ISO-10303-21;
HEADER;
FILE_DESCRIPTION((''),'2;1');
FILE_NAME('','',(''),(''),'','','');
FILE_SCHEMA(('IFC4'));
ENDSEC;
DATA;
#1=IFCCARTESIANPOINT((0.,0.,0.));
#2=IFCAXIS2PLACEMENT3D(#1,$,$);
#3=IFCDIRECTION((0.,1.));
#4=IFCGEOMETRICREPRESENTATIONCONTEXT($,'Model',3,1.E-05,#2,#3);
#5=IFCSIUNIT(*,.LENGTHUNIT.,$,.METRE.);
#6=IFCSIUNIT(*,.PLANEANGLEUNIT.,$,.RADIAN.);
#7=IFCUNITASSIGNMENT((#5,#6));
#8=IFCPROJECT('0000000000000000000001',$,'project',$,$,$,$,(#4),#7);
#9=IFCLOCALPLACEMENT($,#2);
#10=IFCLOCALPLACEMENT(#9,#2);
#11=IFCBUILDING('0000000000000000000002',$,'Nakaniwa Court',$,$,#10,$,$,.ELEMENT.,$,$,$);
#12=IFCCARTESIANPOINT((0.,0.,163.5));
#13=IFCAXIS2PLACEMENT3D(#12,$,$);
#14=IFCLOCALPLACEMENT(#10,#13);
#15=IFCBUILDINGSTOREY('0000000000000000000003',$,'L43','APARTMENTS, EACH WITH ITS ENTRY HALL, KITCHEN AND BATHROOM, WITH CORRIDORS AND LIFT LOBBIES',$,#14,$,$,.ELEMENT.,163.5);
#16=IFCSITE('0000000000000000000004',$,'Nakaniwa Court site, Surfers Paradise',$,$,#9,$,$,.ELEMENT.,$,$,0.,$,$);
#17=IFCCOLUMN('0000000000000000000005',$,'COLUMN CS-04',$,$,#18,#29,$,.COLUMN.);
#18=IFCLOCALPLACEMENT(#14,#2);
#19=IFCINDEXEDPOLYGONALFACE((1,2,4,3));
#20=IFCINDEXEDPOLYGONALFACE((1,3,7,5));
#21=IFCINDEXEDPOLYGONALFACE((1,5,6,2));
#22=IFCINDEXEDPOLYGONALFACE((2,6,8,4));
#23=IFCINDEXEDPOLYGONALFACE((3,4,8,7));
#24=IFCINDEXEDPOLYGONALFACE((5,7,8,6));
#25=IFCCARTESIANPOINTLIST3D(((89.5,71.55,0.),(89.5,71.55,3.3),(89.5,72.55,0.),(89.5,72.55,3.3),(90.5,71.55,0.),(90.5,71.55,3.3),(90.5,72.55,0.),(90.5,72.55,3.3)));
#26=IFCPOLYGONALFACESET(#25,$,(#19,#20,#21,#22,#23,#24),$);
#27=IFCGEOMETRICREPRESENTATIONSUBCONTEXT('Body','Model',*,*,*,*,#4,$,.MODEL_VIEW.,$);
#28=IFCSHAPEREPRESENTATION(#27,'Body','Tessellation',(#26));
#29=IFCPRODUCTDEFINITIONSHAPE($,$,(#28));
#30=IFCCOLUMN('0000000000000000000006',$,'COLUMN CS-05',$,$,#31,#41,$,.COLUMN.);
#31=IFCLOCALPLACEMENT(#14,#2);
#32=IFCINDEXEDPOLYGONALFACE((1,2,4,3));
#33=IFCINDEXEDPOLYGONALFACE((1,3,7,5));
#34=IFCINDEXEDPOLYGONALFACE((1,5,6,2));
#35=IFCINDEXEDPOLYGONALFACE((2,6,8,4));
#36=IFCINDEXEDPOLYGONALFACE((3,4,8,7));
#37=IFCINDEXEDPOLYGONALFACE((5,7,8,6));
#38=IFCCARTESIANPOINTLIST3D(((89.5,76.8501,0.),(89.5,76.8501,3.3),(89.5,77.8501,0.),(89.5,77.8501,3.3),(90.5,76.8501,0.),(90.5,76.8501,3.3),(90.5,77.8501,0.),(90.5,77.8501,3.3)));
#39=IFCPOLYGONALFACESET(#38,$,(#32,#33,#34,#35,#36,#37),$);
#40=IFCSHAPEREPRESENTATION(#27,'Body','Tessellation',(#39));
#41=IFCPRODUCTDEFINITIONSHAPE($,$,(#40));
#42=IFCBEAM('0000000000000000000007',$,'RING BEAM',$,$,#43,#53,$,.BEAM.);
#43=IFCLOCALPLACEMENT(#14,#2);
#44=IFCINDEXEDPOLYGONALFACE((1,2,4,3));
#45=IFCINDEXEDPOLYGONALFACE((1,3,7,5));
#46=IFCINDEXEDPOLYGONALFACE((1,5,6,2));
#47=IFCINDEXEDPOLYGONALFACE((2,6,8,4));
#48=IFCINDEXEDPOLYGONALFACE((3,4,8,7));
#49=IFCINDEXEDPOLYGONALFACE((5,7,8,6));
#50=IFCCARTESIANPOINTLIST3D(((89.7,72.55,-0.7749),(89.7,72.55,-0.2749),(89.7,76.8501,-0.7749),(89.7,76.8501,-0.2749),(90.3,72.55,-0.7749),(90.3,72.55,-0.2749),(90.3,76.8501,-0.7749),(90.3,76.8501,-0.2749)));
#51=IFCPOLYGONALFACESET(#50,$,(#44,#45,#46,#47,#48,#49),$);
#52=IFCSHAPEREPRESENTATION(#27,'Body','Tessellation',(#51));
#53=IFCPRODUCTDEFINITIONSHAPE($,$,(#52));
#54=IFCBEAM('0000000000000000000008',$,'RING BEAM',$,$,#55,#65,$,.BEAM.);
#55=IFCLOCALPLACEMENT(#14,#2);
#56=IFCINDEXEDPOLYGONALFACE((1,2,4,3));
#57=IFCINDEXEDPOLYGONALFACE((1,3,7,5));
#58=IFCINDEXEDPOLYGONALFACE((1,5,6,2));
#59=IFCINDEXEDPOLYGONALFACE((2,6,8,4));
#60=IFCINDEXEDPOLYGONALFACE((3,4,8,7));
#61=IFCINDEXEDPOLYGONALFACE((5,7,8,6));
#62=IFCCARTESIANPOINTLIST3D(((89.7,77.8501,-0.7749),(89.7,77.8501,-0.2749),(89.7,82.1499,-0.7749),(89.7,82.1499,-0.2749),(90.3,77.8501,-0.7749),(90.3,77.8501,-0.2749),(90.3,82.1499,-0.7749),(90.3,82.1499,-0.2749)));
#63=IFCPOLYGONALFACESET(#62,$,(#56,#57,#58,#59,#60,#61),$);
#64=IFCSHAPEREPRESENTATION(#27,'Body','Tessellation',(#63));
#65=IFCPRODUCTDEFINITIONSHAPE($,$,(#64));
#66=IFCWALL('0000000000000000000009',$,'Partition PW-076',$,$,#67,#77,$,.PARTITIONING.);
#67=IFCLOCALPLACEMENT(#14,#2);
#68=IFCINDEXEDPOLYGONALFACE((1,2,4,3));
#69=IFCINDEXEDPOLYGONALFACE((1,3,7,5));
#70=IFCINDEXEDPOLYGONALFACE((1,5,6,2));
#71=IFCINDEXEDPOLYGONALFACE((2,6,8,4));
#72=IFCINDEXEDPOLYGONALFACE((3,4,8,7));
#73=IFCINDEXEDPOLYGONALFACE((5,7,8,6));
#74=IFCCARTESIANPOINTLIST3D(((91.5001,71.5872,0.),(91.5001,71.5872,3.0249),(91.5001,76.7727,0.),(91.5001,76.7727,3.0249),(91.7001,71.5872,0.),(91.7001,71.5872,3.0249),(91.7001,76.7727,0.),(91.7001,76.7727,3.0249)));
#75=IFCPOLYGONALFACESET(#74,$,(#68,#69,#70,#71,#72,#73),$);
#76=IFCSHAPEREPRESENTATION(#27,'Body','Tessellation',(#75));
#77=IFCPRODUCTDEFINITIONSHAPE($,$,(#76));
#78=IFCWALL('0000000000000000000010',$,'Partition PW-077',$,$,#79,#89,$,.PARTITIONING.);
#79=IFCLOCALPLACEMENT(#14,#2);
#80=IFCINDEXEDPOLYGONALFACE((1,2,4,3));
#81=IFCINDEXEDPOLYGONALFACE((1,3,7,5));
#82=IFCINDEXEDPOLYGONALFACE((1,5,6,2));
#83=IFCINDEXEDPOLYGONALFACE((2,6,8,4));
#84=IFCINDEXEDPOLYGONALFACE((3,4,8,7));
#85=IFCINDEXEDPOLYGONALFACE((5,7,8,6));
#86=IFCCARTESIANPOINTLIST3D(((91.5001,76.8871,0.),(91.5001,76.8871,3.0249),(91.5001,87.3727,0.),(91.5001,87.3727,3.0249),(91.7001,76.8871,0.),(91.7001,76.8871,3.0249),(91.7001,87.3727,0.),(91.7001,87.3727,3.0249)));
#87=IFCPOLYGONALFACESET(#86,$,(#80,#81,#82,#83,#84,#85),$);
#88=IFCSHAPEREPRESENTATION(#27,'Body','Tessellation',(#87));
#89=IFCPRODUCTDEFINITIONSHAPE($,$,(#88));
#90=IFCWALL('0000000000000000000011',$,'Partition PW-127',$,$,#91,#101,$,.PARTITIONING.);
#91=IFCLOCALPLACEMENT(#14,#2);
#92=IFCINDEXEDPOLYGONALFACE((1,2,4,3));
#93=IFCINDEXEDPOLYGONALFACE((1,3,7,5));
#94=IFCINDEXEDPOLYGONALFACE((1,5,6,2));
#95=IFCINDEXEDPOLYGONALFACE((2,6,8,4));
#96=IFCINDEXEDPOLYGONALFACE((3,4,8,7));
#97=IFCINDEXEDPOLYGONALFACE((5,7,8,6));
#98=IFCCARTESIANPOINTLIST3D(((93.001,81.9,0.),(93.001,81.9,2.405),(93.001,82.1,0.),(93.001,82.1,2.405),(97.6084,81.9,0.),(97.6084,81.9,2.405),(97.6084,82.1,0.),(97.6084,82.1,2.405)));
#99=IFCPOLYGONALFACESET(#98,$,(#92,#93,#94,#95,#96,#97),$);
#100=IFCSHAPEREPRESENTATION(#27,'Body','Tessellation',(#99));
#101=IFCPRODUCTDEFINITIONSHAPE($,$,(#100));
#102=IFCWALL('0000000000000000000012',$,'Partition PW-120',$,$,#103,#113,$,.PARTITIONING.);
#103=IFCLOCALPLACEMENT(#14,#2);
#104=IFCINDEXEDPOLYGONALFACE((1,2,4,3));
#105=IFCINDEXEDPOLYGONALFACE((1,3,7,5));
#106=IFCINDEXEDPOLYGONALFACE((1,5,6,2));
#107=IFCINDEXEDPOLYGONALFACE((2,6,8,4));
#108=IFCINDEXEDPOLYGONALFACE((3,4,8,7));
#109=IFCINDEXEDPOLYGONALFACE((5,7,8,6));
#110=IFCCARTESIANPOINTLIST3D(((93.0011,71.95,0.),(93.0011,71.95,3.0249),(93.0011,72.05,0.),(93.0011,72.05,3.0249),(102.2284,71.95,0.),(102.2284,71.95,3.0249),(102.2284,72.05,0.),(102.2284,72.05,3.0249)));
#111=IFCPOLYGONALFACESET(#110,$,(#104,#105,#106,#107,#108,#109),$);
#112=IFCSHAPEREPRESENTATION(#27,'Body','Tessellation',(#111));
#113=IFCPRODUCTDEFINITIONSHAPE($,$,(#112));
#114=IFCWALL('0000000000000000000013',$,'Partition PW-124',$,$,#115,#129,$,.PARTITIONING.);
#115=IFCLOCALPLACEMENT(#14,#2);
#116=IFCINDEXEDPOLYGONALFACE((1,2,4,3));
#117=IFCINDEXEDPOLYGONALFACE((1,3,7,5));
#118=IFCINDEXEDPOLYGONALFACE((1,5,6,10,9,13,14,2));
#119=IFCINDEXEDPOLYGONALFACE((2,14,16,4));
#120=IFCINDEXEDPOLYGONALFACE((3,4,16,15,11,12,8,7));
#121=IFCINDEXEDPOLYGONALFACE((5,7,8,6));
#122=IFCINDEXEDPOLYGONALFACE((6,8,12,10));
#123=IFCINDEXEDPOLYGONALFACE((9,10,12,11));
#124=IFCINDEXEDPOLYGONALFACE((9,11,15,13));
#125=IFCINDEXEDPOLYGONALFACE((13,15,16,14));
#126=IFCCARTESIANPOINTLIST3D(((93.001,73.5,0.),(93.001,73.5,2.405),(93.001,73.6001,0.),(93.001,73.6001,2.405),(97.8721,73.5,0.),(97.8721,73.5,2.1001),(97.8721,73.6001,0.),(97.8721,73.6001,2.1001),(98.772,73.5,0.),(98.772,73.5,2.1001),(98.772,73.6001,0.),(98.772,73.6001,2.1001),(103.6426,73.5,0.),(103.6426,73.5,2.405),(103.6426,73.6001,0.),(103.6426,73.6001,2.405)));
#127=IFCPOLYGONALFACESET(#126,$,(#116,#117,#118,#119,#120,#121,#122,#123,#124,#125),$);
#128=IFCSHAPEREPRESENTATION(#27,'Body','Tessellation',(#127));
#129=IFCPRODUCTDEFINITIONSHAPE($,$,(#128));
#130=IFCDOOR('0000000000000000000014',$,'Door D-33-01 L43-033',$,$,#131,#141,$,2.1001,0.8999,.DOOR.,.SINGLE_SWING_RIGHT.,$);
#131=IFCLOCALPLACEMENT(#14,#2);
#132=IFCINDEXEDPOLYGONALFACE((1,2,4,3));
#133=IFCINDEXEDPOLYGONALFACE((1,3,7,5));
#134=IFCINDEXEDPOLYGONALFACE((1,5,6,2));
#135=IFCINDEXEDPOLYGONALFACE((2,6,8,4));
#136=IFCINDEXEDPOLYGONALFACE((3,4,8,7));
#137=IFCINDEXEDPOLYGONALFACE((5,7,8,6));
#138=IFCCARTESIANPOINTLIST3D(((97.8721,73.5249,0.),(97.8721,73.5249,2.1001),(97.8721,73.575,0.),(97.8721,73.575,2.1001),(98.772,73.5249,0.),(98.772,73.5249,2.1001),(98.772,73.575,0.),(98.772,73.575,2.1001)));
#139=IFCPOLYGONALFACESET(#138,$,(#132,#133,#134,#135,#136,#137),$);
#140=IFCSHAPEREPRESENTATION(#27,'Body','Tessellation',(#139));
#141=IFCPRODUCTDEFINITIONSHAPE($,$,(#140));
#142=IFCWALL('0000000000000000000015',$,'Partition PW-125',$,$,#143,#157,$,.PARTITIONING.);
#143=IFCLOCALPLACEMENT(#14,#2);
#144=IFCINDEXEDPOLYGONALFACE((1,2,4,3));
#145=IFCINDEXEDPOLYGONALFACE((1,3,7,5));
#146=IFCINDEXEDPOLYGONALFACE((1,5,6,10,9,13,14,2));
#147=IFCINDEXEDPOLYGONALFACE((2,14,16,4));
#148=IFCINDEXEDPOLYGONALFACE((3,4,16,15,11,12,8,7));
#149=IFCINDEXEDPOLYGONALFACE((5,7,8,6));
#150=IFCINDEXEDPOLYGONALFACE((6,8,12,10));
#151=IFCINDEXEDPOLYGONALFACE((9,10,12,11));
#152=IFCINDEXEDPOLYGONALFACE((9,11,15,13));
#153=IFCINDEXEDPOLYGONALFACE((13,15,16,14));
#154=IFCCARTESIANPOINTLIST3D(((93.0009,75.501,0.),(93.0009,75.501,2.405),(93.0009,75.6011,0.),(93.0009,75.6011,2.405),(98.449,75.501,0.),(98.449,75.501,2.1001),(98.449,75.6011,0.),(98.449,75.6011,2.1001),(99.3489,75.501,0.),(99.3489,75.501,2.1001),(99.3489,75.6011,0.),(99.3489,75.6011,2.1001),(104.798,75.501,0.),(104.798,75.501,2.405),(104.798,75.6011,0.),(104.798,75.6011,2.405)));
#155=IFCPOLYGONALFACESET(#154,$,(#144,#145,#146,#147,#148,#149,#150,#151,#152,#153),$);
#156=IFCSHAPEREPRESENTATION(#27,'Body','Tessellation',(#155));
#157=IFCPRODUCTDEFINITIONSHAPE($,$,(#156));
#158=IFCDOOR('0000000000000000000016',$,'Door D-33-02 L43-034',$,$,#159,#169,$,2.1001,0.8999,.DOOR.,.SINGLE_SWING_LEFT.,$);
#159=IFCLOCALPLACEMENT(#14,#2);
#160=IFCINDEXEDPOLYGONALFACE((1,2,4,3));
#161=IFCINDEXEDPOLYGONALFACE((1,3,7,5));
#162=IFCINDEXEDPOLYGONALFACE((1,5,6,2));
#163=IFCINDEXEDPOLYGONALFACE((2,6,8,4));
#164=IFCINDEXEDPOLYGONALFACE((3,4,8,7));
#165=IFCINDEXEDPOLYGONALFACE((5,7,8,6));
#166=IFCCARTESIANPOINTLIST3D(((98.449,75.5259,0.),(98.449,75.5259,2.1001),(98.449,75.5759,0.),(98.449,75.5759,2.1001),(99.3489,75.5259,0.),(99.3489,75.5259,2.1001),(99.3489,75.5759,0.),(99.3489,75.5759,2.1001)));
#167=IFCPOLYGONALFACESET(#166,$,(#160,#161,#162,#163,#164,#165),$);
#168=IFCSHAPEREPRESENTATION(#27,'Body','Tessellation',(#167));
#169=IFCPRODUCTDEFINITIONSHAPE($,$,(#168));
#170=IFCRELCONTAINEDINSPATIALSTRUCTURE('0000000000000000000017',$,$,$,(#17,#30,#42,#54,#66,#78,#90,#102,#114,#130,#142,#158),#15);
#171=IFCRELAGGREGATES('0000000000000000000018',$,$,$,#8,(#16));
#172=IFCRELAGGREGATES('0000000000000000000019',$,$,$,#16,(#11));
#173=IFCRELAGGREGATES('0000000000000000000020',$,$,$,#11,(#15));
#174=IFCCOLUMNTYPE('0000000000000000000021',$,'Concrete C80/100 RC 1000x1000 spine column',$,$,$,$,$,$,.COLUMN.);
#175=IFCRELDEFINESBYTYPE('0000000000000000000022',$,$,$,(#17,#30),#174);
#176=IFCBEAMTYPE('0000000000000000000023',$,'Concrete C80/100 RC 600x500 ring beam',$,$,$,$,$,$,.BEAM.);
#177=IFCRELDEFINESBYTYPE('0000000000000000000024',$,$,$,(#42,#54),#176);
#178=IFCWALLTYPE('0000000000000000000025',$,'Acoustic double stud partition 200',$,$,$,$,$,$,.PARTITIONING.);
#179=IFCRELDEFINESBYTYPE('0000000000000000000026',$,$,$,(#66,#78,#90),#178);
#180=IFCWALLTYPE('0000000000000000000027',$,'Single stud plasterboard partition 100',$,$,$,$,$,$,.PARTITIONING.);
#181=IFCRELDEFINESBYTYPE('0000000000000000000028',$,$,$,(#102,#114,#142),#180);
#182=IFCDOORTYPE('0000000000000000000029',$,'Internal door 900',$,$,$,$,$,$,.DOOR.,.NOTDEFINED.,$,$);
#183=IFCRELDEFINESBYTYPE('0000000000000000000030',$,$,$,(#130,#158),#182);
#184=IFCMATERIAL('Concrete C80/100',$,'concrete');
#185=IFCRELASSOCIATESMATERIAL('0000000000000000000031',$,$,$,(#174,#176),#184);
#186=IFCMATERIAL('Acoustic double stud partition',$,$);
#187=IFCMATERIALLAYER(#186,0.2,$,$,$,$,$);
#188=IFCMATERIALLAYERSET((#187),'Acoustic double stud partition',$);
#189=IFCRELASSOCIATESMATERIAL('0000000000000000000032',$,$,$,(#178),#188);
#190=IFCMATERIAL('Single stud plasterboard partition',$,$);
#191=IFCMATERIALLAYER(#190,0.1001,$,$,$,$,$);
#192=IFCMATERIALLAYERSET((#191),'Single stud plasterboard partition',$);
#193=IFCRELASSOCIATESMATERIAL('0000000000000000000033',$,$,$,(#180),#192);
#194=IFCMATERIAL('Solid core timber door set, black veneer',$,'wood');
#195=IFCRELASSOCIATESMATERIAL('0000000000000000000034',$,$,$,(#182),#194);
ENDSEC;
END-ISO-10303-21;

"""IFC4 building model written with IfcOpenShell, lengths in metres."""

from ifc_helpers import new_model, si_unit, direction, frame, frame_2d, origin, origin_2d, place, context, subcontext, project, spatial, rectangle, extrude, material, layer, layer_set, material_profile, profile_set, type_object, element, fill, save


model = new_model("IFC4")

# Units and contexts
model_context = context("Model", 3, precision=1e-05, world=origin(), true_north=direction((0.0, 1.0)))
body_context = subcontext(model_context, "Body", "Model", "MODEL_VIEW")
ifc_project = project(units=[si_unit("LENGTHUNIT", "METRE"), si_unit("PLANEANGLEUNIT", "RADIAN")], contexts=[model_context])

# Site, building, storey
site_placement = place(None, origin())
site = spatial("IfcSite", under=ifc_project, at=site_placement, Name="Nakaniwa Court site, Surfers Paradise", CompositionType="ELEMENT", RefElevation=0.0)
building_placement = place(site_placement, origin())
building = spatial("IfcBuilding", under=site, at=building_placement, Name="Nakaniwa Court", CompositionType="ELEMENT")
storey_placement = place(building_placement, frame((0.0, 0.0, 163.5)))
storey = spatial("IfcBuildingStorey", under=building, at=storey_placement, Name="L43", Description="APARTMENTS, EACH WITH ITS ENTRY HALL, KITCHEN AND BATHROOM, WITH CORRIDORS AND LIFT LOBBIES", CompositionType="ELEMENT", Elevation=163.5)

# Columns
ifc_material_1 = material(Name="Concrete C80/100", Category="concrete")
ifc_material_profile_1 = material_profile(ifc_material_1, rectangle(XDim=1.0, YDim=1.0, at=origin_2d()), Name="Concrete C80/100 RC 1000x1000 spine column")
ifc_profile_set_1 = profile_set([ifc_material_profile_1], Name="Concrete C80/100")
column_type = type_object("IfcColumnType", Name="Concrete C80/100 RC 1000x1000 spine column", PredefinedType="COLUMN", material=ifc_profile_set_1)
for number, where, z_axis, x_axis, name in (
    (1, (90.0, 72.05, 0.0), (0.0, 0.0, 1.0), (0.0, 1.0, 0.0), "COLUMN CS-04"),
    (2, (90.0, 77.3501, 0.0), (0.0, 0.0, 1.0), (0.0, 1.0, 0.0), "COLUMN CS-05"),
):
    element("IfcColumn", number, at=place(storey_placement, frame(where, z_axis=z_axis, x_axis=x_axis)), inside=storey, type_object=column_type, Name=name, PredefinedType="COLUMN", context=body_context, shape_type="SweptSolid", body=[
        extrude(rectangle(XDim=1.0, YDim=1.0, at=origin_2d()), origin(), (0.0, 0.0, 1.0), 3.3),
    ])

# Beams
ifc_material_profile_2 = material_profile(ifc_material_1, rectangle(XDim=0.6001, YDim=0.5, at=origin_2d()), Name="Concrete C80/100 RC 600x500 ring beam")
ifc_profile_set_2 = profile_set([ifc_material_profile_2], Name="Concrete C80/100")
beam_type = type_object("IfcBeamType", Name="Concrete C80/100 RC 600x500 ring beam", PredefinedType="BEAM", material=ifc_profile_set_2)
beam_1_placement = place(storey_placement, frame((90.0, 72.55, -0.5249), z_axis=(0.0, 1.0, 0.0), x_axis=(-1.0, 0.0, 0.0)))
element("IfcBeam", 3, at=beam_1_placement, inside=storey, type_object=beam_type, Name="RING BEAM", PredefinedType="BEAM", context=body_context, shape_type="SweptSolid", body=[
    extrude(rectangle(XDim=0.6001, YDim=0.5, at=origin_2d()), origin(), (0.0, 0.0, 1.0), 4.3),
])
beam_2_placement = place(storey_placement, frame((90.0, 77.8501, -0.5249), z_axis=(0.0, 1.0, 0.0), x_axis=(-1.0, 0.0, 0.0)))
element("IfcBeam", 4, at=beam_2_placement, inside=storey, type_object=beam_type, Name="RING BEAM", PredefinedType="BEAM", context=body_context, shape_type="SweptSolid", body=[
    extrude(rectangle(XDim=0.6001, YDim=0.5, at=origin_2d()), origin(), (0.0, 0.0, 1.0), 4.2998),
])

# Walls
ifc_material_2 = material(Name="Acoustic double stud partition")
ifc_layer_1 = layer(ifc_material_2, 0.2)
ifc_layer_set_1 = layer_set([ifc_layer_1], Name="Acoustic double stud partition")
wall_type_1 = type_object("IfcWallType", Name="Acoustic double stud partition 200", PredefinedType="PARTITIONING", material=ifc_layer_set_1)
wall_1_placement = place(storey_placement, frame((91.6001, 71.5872, 0.0), z_axis=(0.0, 0.0, 1.0), x_axis=(0.0, 1.0, 0.0)))
element("IfcWall", 5, at=wall_1_placement, inside=storey, type_object=wall_type_1, Name="Partition PW-076", PredefinedType="PARTITIONING", context=body_context, shape_type="SweptSolid", body=[
    extrude(rectangle(XDim=5.1855, YDim=0.2, at=frame_2d((2.5928, 0.0))), origin(), (0.0, 0.0, 1.0), 3.0249),
])
wall_2_placement = place(storey_placement, frame((91.6001, 76.8872, 0.0), z_axis=(0.0, 0.0, 1.0), x_axis=(0.0, 1.0, 0.0)))
element("IfcWall", 6, at=wall_2_placement, inside=storey, type_object=wall_type_1, Name="Partition PW-077", PredefinedType="PARTITIONING", context=body_context, shape_type="SweptSolid", body=[
    extrude(rectangle(XDim=10.4856, YDim=0.2, at=frame_2d((5.2427, 0.0))), origin(), (0.0, 0.0, 1.0), 3.0249),
])
wall_3_placement = place(storey_placement, frame((93.001, 82.0, 0.0), z_axis=(0.0, 0.0, 1.0), x_axis=(1.0, 0.0, 0.0)))
element("IfcWall", 7, at=wall_3_placement, inside=storey, type_object=wall_type_1, Name="Partition PW-127", PredefinedType="PARTITIONING", context=body_context, shape_type="SweptSolid", body=[
    extrude(rectangle(XDim=4.6074, YDim=0.2, at=frame_2d((2.3037, 0.0))), origin(), (0.0, 0.0, 1.0), 2.405),
])
ifc_material_3 = material(Name="Single stud plasterboard partition")
ifc_layer_2 = layer(ifc_material_3, 0.1001)
ifc_layer_set_2 = layer_set([ifc_layer_2], Name="Single stud plasterboard partition")
wall_type_2 = type_object("IfcWallType", Name="Single stud plasterboard partition 100", PredefinedType="PARTITIONING", material=ifc_layer_set_2)
wall_4_placement = place(storey_placement, frame((93.001, 72.0, 0.0), z_axis=(0.0, 0.0, 1.0), x_axis=(1.0, 0.0, 0.0)))
element("IfcWall", 8, at=wall_4_placement, inside=storey, type_object=wall_type_2, Name="Partition PW-120", PredefinedType="PARTITIONING", context=body_context, shape_type="SweptSolid", body=[
    extrude(rectangle(XDim=9.2273, YDim=0.1001, at=frame_2d((4.6138, 0.0))), origin(), (0.0, 0.0, 1.0), 3.0249),
])

# Walls, openings, doors
wall_5_placement = place(storey_placement, frame((93.001, 73.55, 0.0), z_axis=(0.0, 0.0, 1.0), x_axis=(1.0, 0.0, 0.0)))
wall_5 = element("IfcWall", 9, at=wall_5_placement, inside=storey, type_object=wall_type_2, Name="Partition PW-124", PredefinedType="PARTITIONING", context=body_context, shape_type="SweptSolid", body=[
    extrude(rectangle(XDim=10.6416, YDim=0.1001, at=frame_2d((5.3208, 0.0))), origin(), (0.0, 0.0, 1.0), 2.405),
])
opening_1_placement = place(wall_5_placement, frame((4.8711, 0.0, 0.0)))
opening_1 = element("IfcOpeningElement", 10, at=opening_1_placement, cuts=wall_5, PredefinedType="OPENING", context=body_context, shape_type="SweptSolid", body=[
    extrude(rectangle(XDim=0.8999, YDim=2.1001, at=frame_2d((0.45, 1.05))), frame((0.0, 0.0601, 0.0), z_axis=(0.0, -1.0, 0.0), x_axis=(1.0, 0.0, 0.0)), (0.0, 0.0, 1.0), 0.1201),
])
ifc_material_4 = material(Name="Solid core timber door set, black veneer", Category="wood")
door_type_1 = type_object("IfcDoorType", Name="Internal door 900", OperationType="NOTDEFINED", PredefinedType="DOOR", material=ifc_material_4)
door_1_placement = place(opening_1_placement, origin())
door_1 = element("IfcDoor", 11, at=door_1_placement, inside=storey, type_object=door_type_1, Name="Door D-33-01 L43-033", OperationType="SINGLE_SWING_RIGHT", OverallHeight=2.1001, OverallWidth=0.8999, PredefinedType="DOOR", context=body_context, shape_type="SweptSolid", body=[
    extrude(rectangle(XDim=0.8999, YDim=2.1001, at=frame_2d((0.45, 1.05))), frame((0.0, 0.0249, 0.0), z_axis=(0.0, -1.0, 0.0), x_axis=(1.0, 0.0, 0.0)), (0.0, 0.0, 1.0), 0.05),
])
fill(opening_1, door_1)
wall_6_placement = place(storey_placement, frame((93.001, 75.551, 0.0), z_axis=(0.0, 0.0, 1.0), x_axis=(1.0, 0.0, 0.0)))
wall_6 = element("IfcWall", 12, at=wall_6_placement, inside=storey, type_object=wall_type_2, Name="Partition PW-125", PredefinedType="PARTITIONING", context=body_context, shape_type="SweptSolid", body=[
    extrude(rectangle(XDim=11.7971, YDim=0.1001, at=frame_2d((5.8984, 0.0))), origin(), (0.0, 0.0, 1.0), 2.405),
])
opening_2_placement = place(wall_6_placement, frame((5.448, 0.0, 0.0)))
opening_2 = element("IfcOpeningElement", 13, at=opening_2_placement, cuts=wall_6, PredefinedType="OPENING", context=body_context, shape_type="SweptSolid", body=[
    extrude(rectangle(XDim=0.8999, YDim=2.1001, at=frame_2d((0.45, 1.05))), frame((0.0, 0.0601, 0.0), z_axis=(0.0, -1.0, 0.0), x_axis=(1.0, 0.0, 0.0)), (0.0, 0.0, 1.0), 0.1201),
])
door_2_placement = place(opening_2_placement, origin())
door_2 = element("IfcDoor", 14, at=door_2_placement, inside=storey, type_object=door_type_1, Name="Door D-33-02 L43-034", OperationType="SINGLE_SWING_LEFT", OverallHeight=2.1001, OverallWidth=0.8999, PredefinedType="DOOR", context=body_context, shape_type="SweptSolid", body=[
    extrude(rectangle(XDim=0.8999, YDim=2.1001, at=frame_2d((0.45, 1.05))), frame((0.0, 0.0249, 0.0), z_axis=(0.0, -1.0, 0.0), x_axis=(1.0, 0.0, 0.0)), (0.0, 0.0, 1.0), 0.05),
])
fill(opening_2, door_2)

save(model, "model.ifc")
